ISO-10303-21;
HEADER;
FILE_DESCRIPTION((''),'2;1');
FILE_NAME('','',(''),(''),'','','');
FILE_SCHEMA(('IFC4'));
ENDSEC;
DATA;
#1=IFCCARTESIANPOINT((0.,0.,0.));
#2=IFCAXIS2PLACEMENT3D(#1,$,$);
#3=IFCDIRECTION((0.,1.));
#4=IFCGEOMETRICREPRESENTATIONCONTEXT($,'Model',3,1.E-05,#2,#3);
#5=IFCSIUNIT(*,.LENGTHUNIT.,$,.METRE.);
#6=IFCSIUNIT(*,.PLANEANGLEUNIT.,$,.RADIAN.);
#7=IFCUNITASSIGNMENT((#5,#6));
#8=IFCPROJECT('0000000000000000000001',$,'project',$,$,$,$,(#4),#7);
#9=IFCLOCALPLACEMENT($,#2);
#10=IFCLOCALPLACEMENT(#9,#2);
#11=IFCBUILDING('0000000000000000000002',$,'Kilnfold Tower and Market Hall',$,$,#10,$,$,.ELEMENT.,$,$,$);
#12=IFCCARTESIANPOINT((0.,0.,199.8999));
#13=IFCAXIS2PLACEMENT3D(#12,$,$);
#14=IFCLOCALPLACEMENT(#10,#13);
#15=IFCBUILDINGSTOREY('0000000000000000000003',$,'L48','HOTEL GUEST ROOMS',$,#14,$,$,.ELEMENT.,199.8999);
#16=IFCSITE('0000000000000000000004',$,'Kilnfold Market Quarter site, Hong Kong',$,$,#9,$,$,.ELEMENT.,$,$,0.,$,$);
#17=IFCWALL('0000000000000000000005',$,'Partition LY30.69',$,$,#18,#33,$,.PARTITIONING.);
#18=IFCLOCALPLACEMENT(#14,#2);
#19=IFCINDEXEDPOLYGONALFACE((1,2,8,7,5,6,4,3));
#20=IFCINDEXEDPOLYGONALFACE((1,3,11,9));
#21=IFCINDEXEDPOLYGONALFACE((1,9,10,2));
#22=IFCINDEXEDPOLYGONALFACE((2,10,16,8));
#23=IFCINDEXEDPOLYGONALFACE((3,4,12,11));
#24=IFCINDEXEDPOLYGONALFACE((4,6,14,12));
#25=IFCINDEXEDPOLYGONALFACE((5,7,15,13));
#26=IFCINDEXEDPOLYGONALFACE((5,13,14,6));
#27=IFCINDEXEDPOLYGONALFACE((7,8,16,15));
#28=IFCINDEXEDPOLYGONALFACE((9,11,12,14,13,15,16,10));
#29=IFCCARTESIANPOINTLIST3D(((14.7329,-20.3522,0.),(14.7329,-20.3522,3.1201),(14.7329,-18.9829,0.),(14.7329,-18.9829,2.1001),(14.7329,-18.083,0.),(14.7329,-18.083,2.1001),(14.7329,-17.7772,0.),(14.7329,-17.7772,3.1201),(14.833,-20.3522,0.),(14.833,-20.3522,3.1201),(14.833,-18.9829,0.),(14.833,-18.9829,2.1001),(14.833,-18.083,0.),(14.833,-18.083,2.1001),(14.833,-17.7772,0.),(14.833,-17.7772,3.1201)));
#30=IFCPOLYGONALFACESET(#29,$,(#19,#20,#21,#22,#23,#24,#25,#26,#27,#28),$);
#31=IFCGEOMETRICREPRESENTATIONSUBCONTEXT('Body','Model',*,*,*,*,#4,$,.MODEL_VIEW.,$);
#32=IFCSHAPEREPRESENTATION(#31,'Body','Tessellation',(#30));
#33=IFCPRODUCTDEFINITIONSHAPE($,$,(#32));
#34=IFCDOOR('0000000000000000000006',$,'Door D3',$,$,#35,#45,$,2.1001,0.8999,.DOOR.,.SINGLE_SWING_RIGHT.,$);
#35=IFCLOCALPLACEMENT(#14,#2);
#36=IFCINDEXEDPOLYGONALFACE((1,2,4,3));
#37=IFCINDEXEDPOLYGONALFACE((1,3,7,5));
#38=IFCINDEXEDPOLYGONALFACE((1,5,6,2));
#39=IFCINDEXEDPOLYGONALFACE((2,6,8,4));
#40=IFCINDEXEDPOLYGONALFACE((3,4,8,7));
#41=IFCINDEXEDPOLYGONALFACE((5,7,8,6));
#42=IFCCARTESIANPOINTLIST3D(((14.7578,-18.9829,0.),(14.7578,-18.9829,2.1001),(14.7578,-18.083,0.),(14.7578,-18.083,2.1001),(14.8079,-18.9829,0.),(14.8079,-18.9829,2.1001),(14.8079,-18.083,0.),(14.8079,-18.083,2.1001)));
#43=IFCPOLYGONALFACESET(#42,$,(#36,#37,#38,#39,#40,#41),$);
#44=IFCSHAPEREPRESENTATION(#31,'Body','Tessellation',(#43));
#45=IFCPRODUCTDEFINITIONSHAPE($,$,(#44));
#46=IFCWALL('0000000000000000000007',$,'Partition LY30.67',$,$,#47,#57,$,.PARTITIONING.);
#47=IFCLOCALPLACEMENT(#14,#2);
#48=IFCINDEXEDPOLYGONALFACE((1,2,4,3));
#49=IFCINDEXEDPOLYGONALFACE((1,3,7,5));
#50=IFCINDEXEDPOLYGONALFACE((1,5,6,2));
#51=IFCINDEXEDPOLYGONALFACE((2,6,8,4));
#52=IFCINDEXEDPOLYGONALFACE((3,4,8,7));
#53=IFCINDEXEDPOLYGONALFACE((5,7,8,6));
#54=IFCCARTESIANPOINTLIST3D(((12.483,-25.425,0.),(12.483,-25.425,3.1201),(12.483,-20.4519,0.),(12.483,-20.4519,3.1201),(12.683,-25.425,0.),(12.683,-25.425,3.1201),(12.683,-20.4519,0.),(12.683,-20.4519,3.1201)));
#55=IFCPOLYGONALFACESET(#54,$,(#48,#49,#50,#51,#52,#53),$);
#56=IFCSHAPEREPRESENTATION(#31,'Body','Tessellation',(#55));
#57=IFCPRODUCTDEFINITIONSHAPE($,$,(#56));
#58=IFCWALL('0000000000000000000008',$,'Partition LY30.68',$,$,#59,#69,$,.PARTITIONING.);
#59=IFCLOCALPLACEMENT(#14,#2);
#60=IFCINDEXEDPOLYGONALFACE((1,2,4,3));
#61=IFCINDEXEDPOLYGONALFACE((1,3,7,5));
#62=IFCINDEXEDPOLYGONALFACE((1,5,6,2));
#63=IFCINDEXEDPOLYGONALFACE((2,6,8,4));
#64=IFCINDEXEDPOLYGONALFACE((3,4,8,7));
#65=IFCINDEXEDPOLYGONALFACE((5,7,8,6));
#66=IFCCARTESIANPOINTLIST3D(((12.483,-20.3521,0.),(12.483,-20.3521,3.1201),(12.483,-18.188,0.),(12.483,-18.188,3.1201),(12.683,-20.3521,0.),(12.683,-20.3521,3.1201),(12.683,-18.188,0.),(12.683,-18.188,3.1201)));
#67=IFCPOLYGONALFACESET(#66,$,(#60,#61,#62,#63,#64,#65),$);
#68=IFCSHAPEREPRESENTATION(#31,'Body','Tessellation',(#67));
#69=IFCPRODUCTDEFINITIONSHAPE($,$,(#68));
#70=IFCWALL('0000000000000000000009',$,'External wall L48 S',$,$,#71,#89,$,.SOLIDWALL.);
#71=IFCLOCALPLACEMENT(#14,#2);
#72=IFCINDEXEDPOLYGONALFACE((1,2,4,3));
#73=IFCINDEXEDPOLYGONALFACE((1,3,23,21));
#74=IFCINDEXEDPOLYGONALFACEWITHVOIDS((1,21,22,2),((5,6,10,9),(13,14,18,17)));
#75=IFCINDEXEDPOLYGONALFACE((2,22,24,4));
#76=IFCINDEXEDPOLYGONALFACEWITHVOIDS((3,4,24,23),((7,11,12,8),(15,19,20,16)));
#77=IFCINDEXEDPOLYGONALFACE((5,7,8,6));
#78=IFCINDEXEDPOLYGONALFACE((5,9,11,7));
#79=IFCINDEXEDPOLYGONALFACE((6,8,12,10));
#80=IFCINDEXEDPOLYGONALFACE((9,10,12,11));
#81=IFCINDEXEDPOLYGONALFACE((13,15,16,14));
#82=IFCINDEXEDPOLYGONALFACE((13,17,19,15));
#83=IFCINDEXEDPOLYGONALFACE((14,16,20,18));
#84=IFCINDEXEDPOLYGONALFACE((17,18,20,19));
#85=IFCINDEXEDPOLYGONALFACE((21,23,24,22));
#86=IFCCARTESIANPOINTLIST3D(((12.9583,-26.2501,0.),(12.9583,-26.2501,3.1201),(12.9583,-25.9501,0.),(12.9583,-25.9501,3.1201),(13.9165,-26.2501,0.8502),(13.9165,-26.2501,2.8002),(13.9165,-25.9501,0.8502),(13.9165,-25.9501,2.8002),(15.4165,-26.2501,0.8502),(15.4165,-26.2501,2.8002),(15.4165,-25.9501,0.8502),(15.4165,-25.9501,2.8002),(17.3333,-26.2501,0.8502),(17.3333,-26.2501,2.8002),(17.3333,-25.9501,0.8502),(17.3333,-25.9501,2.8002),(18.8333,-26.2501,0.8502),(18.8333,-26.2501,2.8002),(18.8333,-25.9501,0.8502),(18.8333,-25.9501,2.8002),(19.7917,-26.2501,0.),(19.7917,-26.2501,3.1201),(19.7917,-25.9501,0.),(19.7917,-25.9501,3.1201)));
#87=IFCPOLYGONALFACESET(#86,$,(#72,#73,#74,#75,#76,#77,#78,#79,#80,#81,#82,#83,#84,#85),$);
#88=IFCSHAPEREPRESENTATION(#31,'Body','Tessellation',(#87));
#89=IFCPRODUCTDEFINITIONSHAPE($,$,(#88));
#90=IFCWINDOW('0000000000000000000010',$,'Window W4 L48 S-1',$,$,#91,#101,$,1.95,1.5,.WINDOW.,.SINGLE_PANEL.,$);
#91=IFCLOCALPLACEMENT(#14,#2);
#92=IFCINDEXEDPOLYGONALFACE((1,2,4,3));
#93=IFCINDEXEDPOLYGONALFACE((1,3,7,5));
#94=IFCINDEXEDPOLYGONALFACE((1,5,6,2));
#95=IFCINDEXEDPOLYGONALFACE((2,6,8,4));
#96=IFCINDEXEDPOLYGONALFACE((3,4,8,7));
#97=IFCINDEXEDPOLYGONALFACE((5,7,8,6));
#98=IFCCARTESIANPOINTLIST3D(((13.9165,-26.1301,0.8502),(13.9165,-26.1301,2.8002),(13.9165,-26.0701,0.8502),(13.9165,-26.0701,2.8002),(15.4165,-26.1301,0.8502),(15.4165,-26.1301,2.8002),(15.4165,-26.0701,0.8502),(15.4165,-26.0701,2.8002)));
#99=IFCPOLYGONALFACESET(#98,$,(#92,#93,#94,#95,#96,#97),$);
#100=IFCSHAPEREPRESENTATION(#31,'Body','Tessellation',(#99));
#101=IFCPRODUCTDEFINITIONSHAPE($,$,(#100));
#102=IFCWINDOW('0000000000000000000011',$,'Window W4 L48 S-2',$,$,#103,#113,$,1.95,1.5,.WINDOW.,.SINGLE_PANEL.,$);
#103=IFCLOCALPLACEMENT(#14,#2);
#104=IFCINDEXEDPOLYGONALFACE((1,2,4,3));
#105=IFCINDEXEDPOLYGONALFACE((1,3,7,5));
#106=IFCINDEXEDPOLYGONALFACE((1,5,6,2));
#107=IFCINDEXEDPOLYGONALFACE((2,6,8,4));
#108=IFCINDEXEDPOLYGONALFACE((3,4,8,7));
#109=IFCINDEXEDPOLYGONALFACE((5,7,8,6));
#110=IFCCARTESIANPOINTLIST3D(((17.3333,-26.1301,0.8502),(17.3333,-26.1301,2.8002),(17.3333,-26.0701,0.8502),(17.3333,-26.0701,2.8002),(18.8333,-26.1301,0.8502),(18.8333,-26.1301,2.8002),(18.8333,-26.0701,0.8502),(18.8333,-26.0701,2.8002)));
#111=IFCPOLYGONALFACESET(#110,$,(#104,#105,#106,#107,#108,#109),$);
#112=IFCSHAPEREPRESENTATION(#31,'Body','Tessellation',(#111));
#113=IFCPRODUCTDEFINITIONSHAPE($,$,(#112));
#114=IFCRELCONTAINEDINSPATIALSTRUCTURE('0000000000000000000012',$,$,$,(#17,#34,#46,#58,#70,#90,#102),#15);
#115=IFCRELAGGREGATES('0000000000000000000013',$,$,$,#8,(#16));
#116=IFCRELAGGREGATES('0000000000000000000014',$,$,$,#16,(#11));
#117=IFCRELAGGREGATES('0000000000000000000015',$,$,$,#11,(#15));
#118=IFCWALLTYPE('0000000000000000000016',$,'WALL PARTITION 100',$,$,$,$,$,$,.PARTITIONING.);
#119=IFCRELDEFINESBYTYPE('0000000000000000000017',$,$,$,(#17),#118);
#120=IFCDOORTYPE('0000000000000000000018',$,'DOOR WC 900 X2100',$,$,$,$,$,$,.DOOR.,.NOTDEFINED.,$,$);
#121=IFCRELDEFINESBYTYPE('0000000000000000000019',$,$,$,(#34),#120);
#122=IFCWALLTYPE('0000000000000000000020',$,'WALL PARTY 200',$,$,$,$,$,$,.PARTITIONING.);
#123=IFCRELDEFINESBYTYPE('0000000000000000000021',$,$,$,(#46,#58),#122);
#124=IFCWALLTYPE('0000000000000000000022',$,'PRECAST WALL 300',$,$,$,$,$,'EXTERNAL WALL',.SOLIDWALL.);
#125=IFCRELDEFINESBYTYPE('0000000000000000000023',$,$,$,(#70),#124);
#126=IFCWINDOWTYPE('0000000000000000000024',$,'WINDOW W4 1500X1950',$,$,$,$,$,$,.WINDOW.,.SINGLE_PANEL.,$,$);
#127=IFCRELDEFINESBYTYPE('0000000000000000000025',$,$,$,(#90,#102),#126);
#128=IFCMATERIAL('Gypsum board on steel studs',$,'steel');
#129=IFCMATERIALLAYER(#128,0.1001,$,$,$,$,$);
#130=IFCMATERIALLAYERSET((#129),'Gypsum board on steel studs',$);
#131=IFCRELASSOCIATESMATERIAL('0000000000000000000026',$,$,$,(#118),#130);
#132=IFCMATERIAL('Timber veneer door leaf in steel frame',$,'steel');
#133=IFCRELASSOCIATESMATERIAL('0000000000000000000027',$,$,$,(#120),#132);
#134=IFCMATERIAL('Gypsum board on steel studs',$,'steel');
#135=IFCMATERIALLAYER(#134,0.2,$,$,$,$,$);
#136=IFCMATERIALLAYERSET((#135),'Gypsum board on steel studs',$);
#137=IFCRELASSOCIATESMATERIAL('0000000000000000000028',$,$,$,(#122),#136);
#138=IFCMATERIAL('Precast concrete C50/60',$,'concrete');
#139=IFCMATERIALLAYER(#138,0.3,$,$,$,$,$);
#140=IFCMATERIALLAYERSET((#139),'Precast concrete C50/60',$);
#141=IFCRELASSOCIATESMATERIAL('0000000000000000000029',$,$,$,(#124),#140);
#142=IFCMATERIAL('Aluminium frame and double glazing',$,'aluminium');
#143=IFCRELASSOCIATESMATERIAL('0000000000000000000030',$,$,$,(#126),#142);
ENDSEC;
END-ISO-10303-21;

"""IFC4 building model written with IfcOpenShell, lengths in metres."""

from ifc_helpers import new_model, si_unit, direction, frame, frame_2d, origin, place, context, subcontext, project, spatial, rectangle, extrude, source, transform, mapped, material, layer, layer_set, type_object, element, fill, save


model = new_model("IFC4")

# Units and contexts
model_context = context("Model", 3, precision=1e-05, world=origin(), true_north=direction((0.0, 1.0)))
body_context = subcontext(model_context, "Body", "Model", "MODEL_VIEW")
ifc_project = project(units=[si_unit("LENGTHUNIT", "METRE"), si_unit("PLANEANGLEUNIT", "RADIAN")], contexts=[model_context])

# Site, building, storey
site_placement = place(None, origin())
site = spatial("IfcSite", under=ifc_project, at=site_placement, Name="Kilnfold Market Quarter site, Hong Kong", CompositionType="ELEMENT", RefElevation=0.0)
building_placement = place(site_placement, origin())
building = spatial("IfcBuilding", under=site, at=building_placement, Name="Kilnfold Tower and Market Hall", CompositionType="ELEMENT")
storey_placement = place(building_placement, frame((0.0, 0.0, 199.8999)))
storey = spatial("IfcBuildingStorey", under=building, at=storey_placement, Name="L48", Description="HOTEL GUEST ROOMS", CompositionType="ELEMENT", Elevation=199.8999)

# Shared definitions
ifc_material_1 = material(Name="Gypsum board on steel studs", Category="steel")
ifc_layer_1 = layer(ifc_material_1, 0.1001)
ifc_layer_set_1 = layer_set([ifc_layer_1], Name="Gypsum board on steel studs")
wall_type_1 = type_object("IfcWallType", Name="WALL PARTITION 100", PredefinedType="PARTITIONING", material=ifc_layer_set_1)
ifc_material_2 = material(Name="Timber veneer door leaf in steel frame", Category="steel")
door_type_1 = type_object("IfcDoorType", Name="DOOR WC 900 X2100", OperationType="NOTDEFINED", PredefinedType="DOOR", material=ifc_material_2)

# Wall, opening, door
wall_1_placement = place(storey_placement, frame((14.783, -17.7771, 0.0), z_axis=(0.0, 0.0, 1.0), x_axis=(0.0, -1.0, 0.0)))
wall_1 = element("IfcWall", 1, at=wall_1_placement, inside=storey, type_object=wall_type_1, Name="Partition LY30.69", PredefinedType="PARTITIONING", context=body_context, shape_type="SweptSolid", body=[
    extrude(rectangle(XDim=2.575, YDim=0.1001, at=frame_2d((1.2876, 0.0))), origin(), (0.0, 0.0, 1.0), 3.1201),
])
opening_1_placement = place(wall_1_placement, frame((0.3059, 0.0, 0.0)))
opening_1 = element("IfcOpeningElement", 2, at=opening_1_placement, cuts=wall_1, PredefinedType="OPENING", context=body_context, shape_type="SweptSolid", body=[
    extrude(rectangle(XDim=0.8999, YDim=2.1001, at=frame_2d((0.45, 1.05))), frame((0.0, 0.0601, 0.0), z_axis=(0.0, -1.0, 0.0), x_axis=(1.0, 0.0, 0.0)), (0.0, 0.0, 1.0), 0.1201),
])
door_1_placement = place(opening_1_placement, origin())
door_1 = element("IfcDoor", 3, at=door_1_placement, inside=storey, type_object=door_type_1, Name="Door D3", OperationType="SINGLE_SWING_RIGHT", OverallHeight=2.1001, OverallWidth=0.8999, PredefinedType="DOOR", context=body_context, shape_type="SweptSolid", body=[
    extrude(rectangle(XDim=0.8999, YDim=2.1001, at=frame_2d((0.45, 1.05))), frame((0.0, 0.0249, 0.0), z_axis=(0.0, -1.0, 0.0), x_axis=(1.0, 0.0, 0.0)), (0.0, 0.0, 1.0), 0.05),
])
fill(opening_1, door_1)

# Walls
ifc_material_3 = material(Name="Gypsum board on steel studs", Category="steel")
ifc_layer_2 = layer(ifc_material_3, 0.2)
ifc_layer_set_2 = layer_set([ifc_layer_2], Name="Gypsum board on steel studs")
wall_type_2 = type_object("IfcWallType", Name="WALL PARTY 200", PredefinedType="PARTITIONING", material=ifc_layer_set_2)
wall_2_placement = place(storey_placement, frame((12.583, -25.425, 0.0), z_axis=(0.0, 0.0, 1.0), x_axis=(0.0, 1.0, 0.0)))
element("IfcWall", 4, at=wall_2_placement, inside=storey, type_object=wall_type_2, Name="Partition LY30.67", PredefinedType="PARTITIONING", context=body_context, shape_type="SweptSolid", body=[
    extrude(rectangle(XDim=4.9731, YDim=0.2, at=frame_2d((2.4866, 0.0))), origin(), (0.0, 0.0, 1.0), 3.1201),
])
wall_3_placement = place(storey_placement, frame((12.583, -20.3521, 0.0), z_axis=(0.0, 0.0, 1.0), x_axis=(0.0, 1.0, 0.0)))
element("IfcWall", 5, at=wall_3_placement, inside=storey, type_object=wall_type_2, Name="Partition LY30.68", PredefinedType="PARTITIONING", context=body_context, shape_type="SweptSolid", body=[
    extrude(rectangle(XDim=2.1641, YDim=0.2, at=frame_2d((1.082, 0.0))), origin(), (0.0, 0.0, 1.0), 3.1201),
])

# Wall, openings, windows
ifc_material_4 = material(Name="Precast concrete C50/60", Category="concrete")
ifc_layer_3 = layer(ifc_material_4, 0.3)
ifc_layer_set_3 = layer_set([ifc_layer_3], Name="Precast concrete C50/60")
wall_type_3 = type_object("IfcWallType", Name="PRECAST WALL 300", ElementType="EXTERNAL WALL", PredefinedType="SOLIDWALL", material=ifc_layer_set_3)
shared_shape_1 = source(origin(), body_context, "Body", "SweptSolid", [
    extrude(rectangle(XDim=6.8335, YDim=0.3, at=frame_2d((3.4167, 0.0))), origin(), (0.0, 0.0, 1.0), 3.1201),
])
wall_4_placement = place(storey_placement, frame((12.9583, -26.1001, 0.0), z_axis=(0.0, 0.0, 1.0), x_axis=(1.0, 0.0, 0.0)))
wall_4 = element("IfcWall", 6, at=wall_4_placement, inside=storey, type_object=wall_type_3, Name="External wall L48 S", PredefinedType="SOLIDWALL", context=body_context, shape_type="MappedRepresentation", body=[
    mapped(shared_shape_1, transform((0.0, 0.0, 0.0))),
])
opening_2_placement = place(wall_4_placement, frame((0.9583, 0.0, 0.8501)))
opening_2 = element("IfcOpeningElement", 7, at=opening_2_placement, cuts=wall_4, PredefinedType="OPENING", context=body_context, shape_type="SweptSolid", body=[
    extrude(rectangle(XDim=1.5, YDim=1.95, at=frame_2d((0.75, 0.9751))), frame((0.0, 0.1602, 0.0), z_axis=(0.0, -1.0, 0.0), x_axis=(1.0, 0.0, 0.0)), (0.0, 0.0, 1.0), 0.3201),
])
opening_3_placement = place(wall_4_placement, frame((4.375, 0.0, 0.8501)))
opening_3 = element("IfcOpeningElement", 8, at=opening_3_placement, cuts=wall_4, PredefinedType="OPENING", context=body_context, shape_type="SweptSolid", body=[
    extrude(rectangle(XDim=1.5, YDim=1.95, at=frame_2d((0.75, 0.9751))), frame((0.0, 0.1602, 0.0), z_axis=(0.0, -1.0, 0.0), x_axis=(1.0, 0.0, 0.0)), (0.0, 0.0, 1.0), 0.3201),
])
ifc_material_5 = material(Name="Aluminium frame and double glazing", Category="aluminium")
window_type = type_object("IfcWindowType", Name="WINDOW W4 1500X1950", PartitioningType="SINGLE_PANEL", PredefinedType="WINDOW", material=ifc_material_5)
window_1_placement = place(opening_2_placement, origin())
window_1 = element("IfcWindow", 9, at=window_1_placement, inside=storey, type_object=window_type, Name="Window W4 L48 S-1", OverallHeight=1.95, OverallWidth=1.5, PartitioningType="SINGLE_PANEL", PredefinedType="WINDOW", context=body_context, shape_type="SweptSolid", body=[
    extrude(rectangle(XDim=1.5, YDim=1.95, at=frame_2d((0.75, 0.9751))), frame((0.0, 0.03, 0.0), z_axis=(0.0, -1.0, 0.0), x_axis=(1.0, 0.0, 0.0)), (0.0, 0.0, 1.0), 0.0601),
])
fill(opening_2, window_1)
window_2_placement = place(opening_3_placement, origin())
window_2 = element("IfcWindow", 10, at=window_2_placement, inside=storey, type_object=window_type, Name="Window W4 L48 S-2", OverallHeight=1.95, OverallWidth=1.5, PartitioningType="SINGLE_PANEL", PredefinedType="WINDOW", context=body_context, shape_type="SweptSolid", body=[
    extrude(rectangle(XDim=1.5, YDim=1.95, at=frame_2d((0.75, 0.9751))), frame((0.0, 0.03, 0.0), z_axis=(0.0, -1.0, 0.0), x_axis=(1.0, 0.0, 0.0)), (0.0, 0.0, 1.0), 0.0601),
])
fill(opening_3, window_2)

save(model, "model.ifc")
